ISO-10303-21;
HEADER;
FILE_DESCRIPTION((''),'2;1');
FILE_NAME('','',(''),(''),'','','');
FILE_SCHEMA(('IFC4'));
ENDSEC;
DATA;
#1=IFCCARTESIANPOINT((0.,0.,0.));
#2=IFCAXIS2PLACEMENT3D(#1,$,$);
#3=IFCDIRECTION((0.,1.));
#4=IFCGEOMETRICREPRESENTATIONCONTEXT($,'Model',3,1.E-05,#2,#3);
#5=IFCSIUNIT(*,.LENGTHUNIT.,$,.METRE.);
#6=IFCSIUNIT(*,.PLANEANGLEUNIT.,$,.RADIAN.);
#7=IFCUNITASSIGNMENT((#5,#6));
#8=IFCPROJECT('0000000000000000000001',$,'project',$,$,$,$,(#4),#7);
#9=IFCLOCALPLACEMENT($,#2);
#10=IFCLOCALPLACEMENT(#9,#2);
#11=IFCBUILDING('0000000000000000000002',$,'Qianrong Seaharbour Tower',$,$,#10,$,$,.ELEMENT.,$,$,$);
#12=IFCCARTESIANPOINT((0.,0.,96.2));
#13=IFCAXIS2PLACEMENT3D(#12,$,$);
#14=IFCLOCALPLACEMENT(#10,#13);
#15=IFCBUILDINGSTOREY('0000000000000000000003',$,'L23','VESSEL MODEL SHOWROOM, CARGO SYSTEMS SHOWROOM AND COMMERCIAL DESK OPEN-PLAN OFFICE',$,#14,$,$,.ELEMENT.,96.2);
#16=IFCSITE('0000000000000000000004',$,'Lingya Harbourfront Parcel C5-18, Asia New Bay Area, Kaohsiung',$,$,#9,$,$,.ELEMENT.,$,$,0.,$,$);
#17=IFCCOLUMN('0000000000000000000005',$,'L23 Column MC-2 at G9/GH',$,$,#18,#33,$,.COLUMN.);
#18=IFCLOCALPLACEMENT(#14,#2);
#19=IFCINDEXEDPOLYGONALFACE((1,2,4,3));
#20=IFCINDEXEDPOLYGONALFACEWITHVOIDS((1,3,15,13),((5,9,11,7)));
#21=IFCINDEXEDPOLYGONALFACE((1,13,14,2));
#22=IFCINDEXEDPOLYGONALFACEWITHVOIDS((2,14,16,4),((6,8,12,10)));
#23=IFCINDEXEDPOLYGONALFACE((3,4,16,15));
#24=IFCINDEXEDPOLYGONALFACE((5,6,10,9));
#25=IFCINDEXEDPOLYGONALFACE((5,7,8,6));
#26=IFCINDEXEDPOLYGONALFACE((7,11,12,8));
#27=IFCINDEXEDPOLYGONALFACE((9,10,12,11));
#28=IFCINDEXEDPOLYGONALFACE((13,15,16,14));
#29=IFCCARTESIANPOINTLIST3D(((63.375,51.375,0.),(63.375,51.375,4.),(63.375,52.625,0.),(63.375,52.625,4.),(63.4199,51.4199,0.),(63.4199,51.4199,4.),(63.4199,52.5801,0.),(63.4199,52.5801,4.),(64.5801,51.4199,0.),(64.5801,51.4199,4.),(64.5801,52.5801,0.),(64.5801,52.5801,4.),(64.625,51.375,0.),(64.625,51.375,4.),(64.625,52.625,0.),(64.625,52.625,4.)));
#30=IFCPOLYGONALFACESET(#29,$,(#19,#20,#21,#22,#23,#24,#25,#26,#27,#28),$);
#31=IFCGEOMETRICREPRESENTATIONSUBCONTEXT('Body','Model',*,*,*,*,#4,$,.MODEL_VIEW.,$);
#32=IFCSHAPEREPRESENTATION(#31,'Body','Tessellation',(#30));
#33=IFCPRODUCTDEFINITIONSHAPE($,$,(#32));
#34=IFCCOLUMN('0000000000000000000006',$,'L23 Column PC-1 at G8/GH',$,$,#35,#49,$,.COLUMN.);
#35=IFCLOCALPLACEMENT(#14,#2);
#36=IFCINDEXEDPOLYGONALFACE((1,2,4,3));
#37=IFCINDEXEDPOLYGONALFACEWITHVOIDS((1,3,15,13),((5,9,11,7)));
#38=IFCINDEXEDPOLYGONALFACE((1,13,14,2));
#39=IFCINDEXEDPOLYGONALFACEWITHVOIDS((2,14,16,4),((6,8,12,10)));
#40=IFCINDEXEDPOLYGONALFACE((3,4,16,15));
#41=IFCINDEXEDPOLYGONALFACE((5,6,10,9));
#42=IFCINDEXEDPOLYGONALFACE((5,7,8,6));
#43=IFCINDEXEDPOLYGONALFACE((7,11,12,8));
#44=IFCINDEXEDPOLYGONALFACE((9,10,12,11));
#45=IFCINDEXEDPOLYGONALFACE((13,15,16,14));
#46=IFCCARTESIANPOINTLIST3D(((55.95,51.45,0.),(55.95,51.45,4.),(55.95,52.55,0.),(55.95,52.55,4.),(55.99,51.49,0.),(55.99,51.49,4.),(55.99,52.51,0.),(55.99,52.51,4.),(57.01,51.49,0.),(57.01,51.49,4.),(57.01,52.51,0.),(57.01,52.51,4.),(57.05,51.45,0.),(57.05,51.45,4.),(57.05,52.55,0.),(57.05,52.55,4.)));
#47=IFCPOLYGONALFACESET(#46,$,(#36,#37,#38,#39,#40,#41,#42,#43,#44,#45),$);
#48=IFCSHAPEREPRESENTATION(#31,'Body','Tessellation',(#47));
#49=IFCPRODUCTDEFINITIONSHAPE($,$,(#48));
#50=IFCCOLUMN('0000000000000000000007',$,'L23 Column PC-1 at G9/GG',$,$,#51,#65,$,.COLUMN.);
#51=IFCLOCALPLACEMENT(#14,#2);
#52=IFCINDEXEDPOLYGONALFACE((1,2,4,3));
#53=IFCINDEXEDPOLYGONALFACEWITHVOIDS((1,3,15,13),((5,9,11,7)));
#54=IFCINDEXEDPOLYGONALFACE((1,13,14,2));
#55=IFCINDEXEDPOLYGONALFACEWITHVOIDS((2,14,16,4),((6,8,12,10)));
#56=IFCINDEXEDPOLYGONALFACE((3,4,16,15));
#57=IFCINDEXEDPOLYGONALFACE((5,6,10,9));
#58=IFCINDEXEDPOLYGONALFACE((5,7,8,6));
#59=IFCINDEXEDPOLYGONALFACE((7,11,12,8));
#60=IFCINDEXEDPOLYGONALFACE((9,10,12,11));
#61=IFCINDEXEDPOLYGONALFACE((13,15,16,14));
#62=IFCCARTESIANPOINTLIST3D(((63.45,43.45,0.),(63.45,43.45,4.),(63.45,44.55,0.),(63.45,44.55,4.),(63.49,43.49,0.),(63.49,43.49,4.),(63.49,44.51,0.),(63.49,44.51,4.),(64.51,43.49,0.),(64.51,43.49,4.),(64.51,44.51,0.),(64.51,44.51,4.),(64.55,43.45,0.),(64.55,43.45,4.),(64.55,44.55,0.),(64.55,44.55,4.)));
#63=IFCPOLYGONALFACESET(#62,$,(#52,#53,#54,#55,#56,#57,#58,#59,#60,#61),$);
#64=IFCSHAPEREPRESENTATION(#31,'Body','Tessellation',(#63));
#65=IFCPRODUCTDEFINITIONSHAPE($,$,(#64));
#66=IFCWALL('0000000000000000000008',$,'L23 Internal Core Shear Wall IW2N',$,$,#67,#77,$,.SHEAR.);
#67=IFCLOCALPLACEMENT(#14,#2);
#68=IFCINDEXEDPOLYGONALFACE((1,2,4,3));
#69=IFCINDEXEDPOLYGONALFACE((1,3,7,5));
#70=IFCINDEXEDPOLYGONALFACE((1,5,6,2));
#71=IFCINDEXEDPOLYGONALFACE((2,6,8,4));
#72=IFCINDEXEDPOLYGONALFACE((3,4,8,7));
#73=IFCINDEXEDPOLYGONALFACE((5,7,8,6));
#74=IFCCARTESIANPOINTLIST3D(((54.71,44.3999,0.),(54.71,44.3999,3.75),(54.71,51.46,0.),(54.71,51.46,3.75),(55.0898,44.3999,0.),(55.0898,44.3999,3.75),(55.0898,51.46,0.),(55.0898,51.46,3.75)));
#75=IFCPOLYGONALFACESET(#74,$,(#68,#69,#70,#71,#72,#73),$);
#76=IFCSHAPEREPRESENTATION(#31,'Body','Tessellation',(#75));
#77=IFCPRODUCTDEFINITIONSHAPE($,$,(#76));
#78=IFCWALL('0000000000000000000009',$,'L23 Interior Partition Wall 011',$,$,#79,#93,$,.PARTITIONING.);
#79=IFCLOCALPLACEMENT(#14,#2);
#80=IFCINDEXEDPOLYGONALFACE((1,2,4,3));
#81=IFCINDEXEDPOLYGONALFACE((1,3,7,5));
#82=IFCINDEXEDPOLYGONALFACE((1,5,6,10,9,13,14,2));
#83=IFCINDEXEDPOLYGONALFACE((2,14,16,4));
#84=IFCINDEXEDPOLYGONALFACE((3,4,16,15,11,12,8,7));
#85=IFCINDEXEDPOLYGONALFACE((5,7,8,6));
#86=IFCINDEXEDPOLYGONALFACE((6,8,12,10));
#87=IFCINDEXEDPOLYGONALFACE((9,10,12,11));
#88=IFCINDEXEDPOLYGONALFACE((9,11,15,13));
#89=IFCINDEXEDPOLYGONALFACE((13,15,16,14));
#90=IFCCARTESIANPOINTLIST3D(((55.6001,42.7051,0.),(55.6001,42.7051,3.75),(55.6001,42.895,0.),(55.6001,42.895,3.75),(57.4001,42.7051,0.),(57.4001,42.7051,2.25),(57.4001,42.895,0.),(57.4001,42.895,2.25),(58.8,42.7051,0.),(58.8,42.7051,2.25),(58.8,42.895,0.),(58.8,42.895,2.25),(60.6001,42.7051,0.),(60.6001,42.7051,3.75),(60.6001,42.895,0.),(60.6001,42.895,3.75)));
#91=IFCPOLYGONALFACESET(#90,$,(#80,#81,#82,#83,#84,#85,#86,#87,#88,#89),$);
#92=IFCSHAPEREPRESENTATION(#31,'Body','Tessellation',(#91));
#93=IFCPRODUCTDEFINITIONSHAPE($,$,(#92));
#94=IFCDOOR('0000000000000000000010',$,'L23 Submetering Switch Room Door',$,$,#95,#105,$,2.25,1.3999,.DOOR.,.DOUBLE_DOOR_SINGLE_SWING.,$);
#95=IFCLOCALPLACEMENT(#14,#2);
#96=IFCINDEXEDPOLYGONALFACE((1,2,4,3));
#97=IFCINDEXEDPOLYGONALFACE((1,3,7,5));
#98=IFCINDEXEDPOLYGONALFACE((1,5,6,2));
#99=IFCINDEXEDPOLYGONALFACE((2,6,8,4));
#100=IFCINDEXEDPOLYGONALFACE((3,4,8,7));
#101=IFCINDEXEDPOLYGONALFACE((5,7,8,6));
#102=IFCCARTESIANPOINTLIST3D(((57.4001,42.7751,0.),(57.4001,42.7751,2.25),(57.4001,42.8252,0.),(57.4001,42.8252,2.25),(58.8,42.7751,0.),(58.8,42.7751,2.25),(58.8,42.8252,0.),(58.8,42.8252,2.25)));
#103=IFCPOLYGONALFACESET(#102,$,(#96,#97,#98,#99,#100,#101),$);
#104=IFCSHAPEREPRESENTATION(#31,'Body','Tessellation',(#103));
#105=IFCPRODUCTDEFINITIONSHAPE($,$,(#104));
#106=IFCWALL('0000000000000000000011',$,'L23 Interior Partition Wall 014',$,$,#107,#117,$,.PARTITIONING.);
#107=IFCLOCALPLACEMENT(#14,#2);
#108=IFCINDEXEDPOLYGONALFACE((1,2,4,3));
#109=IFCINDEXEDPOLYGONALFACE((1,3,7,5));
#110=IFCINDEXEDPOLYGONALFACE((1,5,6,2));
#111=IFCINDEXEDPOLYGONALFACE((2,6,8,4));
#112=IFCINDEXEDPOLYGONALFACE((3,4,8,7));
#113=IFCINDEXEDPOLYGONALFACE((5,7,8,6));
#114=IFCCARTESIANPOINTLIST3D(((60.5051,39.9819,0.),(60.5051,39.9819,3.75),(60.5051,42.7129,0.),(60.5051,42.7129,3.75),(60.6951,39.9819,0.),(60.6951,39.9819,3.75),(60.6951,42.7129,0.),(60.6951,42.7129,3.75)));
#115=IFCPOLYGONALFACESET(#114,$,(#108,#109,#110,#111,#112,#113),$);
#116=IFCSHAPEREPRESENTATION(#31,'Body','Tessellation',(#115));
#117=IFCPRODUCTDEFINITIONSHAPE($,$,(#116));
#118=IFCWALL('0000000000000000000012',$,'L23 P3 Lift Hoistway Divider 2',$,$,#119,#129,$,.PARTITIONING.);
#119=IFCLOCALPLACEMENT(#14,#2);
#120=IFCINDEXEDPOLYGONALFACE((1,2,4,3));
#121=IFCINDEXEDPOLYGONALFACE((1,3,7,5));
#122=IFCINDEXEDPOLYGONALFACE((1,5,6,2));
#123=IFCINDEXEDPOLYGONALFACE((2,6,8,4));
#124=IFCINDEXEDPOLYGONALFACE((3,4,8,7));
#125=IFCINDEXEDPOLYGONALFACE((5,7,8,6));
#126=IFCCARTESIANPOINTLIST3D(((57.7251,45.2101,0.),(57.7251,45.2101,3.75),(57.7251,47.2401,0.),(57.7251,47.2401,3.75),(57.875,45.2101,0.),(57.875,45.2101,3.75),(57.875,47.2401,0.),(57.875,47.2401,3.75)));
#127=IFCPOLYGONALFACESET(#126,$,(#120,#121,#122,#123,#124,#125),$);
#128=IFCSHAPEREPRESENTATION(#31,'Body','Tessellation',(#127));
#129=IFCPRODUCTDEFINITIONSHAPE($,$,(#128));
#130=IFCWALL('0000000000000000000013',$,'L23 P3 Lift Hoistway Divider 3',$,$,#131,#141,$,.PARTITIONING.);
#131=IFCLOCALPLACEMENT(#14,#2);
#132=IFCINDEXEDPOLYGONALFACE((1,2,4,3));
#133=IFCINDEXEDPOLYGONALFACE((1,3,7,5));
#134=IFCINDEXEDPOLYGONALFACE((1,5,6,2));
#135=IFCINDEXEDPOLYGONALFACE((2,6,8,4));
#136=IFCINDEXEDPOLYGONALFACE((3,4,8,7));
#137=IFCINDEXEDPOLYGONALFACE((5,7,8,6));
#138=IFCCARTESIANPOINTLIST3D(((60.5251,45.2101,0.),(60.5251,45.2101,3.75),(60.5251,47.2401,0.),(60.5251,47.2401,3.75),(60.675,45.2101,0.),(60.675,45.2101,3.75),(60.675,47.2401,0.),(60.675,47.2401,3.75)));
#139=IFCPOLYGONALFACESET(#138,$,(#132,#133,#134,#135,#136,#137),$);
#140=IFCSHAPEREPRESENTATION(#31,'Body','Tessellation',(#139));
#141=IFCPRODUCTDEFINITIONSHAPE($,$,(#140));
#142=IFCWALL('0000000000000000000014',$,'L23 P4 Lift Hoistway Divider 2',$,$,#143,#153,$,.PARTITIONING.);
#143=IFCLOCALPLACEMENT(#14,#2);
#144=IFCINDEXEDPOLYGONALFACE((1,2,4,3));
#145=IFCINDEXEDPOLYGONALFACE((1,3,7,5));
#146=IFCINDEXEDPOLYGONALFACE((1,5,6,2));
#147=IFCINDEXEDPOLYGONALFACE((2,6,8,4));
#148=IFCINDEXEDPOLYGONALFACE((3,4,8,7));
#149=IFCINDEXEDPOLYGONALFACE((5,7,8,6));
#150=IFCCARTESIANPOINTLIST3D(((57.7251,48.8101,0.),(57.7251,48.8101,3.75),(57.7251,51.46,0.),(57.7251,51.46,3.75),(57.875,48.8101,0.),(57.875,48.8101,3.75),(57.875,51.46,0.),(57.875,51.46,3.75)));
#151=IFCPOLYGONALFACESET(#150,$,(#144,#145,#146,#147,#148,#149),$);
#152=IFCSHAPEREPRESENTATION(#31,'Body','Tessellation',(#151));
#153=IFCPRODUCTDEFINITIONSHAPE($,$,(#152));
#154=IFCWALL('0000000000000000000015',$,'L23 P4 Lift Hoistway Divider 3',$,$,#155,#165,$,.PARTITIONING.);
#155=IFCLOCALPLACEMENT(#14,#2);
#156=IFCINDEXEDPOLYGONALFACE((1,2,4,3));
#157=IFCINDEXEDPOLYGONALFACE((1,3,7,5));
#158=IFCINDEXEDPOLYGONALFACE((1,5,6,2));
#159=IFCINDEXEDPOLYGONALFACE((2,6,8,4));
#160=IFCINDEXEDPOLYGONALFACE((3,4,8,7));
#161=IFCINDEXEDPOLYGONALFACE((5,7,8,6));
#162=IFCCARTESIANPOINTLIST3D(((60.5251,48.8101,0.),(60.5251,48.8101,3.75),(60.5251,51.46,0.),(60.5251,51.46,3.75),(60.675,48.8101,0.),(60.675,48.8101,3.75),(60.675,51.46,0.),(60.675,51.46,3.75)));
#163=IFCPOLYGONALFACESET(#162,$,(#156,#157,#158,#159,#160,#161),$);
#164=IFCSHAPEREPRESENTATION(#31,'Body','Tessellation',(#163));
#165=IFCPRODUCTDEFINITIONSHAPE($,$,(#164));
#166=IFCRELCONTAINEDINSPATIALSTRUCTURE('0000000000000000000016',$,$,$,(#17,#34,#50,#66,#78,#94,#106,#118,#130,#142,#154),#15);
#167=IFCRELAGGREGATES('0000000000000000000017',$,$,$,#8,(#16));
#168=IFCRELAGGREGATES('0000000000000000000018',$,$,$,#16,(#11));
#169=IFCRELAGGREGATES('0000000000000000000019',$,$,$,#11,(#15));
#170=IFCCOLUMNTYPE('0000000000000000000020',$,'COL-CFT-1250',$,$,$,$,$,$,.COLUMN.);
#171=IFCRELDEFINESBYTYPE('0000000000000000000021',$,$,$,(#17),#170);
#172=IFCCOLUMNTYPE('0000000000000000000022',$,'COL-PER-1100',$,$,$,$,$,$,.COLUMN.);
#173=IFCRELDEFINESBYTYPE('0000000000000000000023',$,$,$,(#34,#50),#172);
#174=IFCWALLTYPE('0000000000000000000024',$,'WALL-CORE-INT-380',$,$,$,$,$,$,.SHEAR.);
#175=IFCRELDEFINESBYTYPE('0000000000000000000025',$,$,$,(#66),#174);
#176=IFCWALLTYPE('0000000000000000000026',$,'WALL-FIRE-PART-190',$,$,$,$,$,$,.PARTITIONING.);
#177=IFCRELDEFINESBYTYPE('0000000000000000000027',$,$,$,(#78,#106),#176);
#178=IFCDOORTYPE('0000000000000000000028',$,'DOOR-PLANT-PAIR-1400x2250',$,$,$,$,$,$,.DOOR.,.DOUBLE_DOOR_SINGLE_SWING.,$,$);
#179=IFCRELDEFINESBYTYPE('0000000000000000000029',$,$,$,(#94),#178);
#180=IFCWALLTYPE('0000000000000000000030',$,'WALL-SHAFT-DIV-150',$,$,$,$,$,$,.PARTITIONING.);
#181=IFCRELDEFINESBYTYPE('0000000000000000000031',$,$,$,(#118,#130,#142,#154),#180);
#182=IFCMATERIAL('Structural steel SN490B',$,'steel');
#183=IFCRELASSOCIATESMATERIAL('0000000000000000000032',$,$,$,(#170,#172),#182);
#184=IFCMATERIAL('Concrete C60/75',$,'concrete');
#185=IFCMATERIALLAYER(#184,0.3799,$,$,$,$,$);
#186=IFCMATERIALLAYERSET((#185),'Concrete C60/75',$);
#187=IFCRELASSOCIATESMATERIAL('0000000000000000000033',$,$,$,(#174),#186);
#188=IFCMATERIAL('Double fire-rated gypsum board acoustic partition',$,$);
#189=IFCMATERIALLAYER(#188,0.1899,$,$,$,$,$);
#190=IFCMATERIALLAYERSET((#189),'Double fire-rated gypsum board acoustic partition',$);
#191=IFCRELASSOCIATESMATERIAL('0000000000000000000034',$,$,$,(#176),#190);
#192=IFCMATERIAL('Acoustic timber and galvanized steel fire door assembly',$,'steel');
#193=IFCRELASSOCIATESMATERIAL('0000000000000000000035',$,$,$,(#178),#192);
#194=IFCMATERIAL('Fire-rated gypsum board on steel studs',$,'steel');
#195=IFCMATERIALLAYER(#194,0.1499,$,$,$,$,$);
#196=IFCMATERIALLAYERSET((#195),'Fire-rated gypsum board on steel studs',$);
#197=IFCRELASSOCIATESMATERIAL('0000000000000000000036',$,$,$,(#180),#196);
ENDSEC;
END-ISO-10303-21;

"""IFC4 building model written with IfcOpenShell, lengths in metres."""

from ifc_helpers import new_model, si_unit, direction, frame, frame_2d, origin, origin_2d, place, context, subcontext, project, spatial, rectangle, hollow_rectangle, extrude, material, layer, layer_set, material_profile, profile_set, type_object, element, fill, save


model = new_model("IFC4")

# Units and contexts
model_context = context("Model", 3, precision=1e-05, world=origin(), true_north=direction((0.0, 1.0)))
body_context = subcontext(model_context, "Body", "Model", "MODEL_VIEW")
ifc_project = project(units=[si_unit("LENGTHUNIT", "METRE"), si_unit("PLANEANGLEUNIT", "RADIAN")], contexts=[model_context])

# Site, building, storey
site_placement = place(None, origin())
site = spatial("IfcSite", under=ifc_project, at=site_placement, Name="Lingya Harbourfront Parcel C5-18, Asia New Bay Area, Kaohsiung", CompositionType="ELEMENT", RefElevation=0.0)
building_placement = place(site_placement, origin())
building = spatial("IfcBuilding", under=site, at=building_placement, Name="Qianrong Seaharbour Tower", CompositionType="ELEMENT")
storey_placement = place(building_placement, frame((0.0, 0.0, 96.2)))
storey = spatial("IfcBuildingStorey", under=building, at=storey_placement, Name="L23", Description="VESSEL MODEL SHOWROOM, CARGO SYSTEMS SHOWROOM AND COMMERCIAL DESK OPEN-PLAN OFFICE", CompositionType="ELEMENT", Elevation=96.2)

# Columns
ifc_material_1 = material(Name="Structural steel SN490B", Category="steel")
ifc_material_profile_1 = material_profile(ifc_material_1, hollow_rectangle(XDim=1.25, YDim=1.25, WallThickness=0.0449, at=origin_2d()), Name="BOX1250x1250x45")
ifc_profile_set_1 = profile_set([ifc_material_profile_1], Name="Structural steel SN490B")
column_type_1 = type_object("IfcColumnType", Name="COL-CFT-1250", PredefinedType="COLUMN", material=ifc_profile_set_1)
column_placement = place(storey_placement, frame((64.0, 52.0, 0.0), z_axis=(0.0, 0.0, 1.0), x_axis=(1.0, 0.0, 0.0)))
element("IfcColumn", 1, at=column_placement, inside=storey, type_object=column_type_1, Name="L23 Column MC-2 at G9/GH", PredefinedType="COLUMN", context=body_context, shape_type="SweptSolid", body=[
    extrude(hollow_rectangle(XDim=1.25, YDim=1.25, WallThickness=0.0449, at=origin_2d()), origin(), (0.0, 0.0, 1.0), 4.0),
])
ifc_material_profile_2 = material_profile(ifc_material_1, hollow_rectangle(XDim=1.1001, YDim=1.1001, WallThickness=0.04, at=origin_2d()), Name="BOX1100x1100x40")
ifc_profile_set_2 = profile_set([ifc_material_profile_2], Name="Structural steel SN490B")
column_type_2 = type_object("IfcColumnType", Name="COL-PER-1100", PredefinedType="COLUMN", material=ifc_profile_set_2)
for number, where, z_axis, x_axis, name in (
    (2, (56.5, 52.0, 0.0), (0.0, 0.0, 1.0), (1.0, 0.0, 0.0), "L23 Column PC-1 at G8/GH"),
    (3, (64.0, 44.0, 0.0), (0.0, 0.0, 1.0), (1.0, 0.0, 0.0), "L23 Column PC-1 at G9/GG"),
):
    element("IfcColumn", number, at=place(storey_placement, frame(where, z_axis=z_axis, x_axis=x_axis)), inside=storey, type_object=column_type_2, Name=name, PredefinedType="COLUMN", context=body_context, shape_type="SweptSolid", body=[
        extrude(hollow_rectangle(XDim=1.1001, YDim=1.1001, WallThickness=0.04, at=origin_2d()), origin(), (0.0, 0.0, 1.0), 4.0),
    ])

# Wall
ifc_material_2 = material(Name="Concrete C60/75", Category="concrete")
ifc_layer_1 = layer(ifc_material_2, 0.3799)
ifc_layer_set_1 = layer_set([ifc_layer_1], Name="Concrete C60/75")
wall_type_1 = type_object("IfcWallType", Name="WALL-CORE-INT-380", PredefinedType="SHEAR", material=ifc_layer_set_1)
wall_1_placement = place(storey_placement, frame((54.8999, 44.3999, 0.0), z_axis=(0.0, 0.0, 1.0), x_axis=(0.0, 1.0, 0.0)))
element("IfcWall", 4, at=wall_1_placement, inside=storey, type_object=wall_type_1, Name="L23 Internal Core Shear Wall IW2N", PredefinedType="SHEAR", context=body_context, shape_type="SweptSolid", body=[
    extrude(rectangle(XDim=7.0601, YDim=0.3799, at=frame_2d((3.53, 0.0))), origin(), (0.0, 0.0, 1.0), 3.75),
])

# Wall, opening, door
ifc_material_3 = material(Name="Acoustic timber and galvanized steel fire door assembly", Category="steel")
ifc_material_4 = material(Name="Double fire-rated gypsum board acoustic partition")
ifc_layer_2 = layer(ifc_material_4, 0.1899)
ifc_layer_set_2 = layer_set([ifc_layer_2], Name="Double fire-rated gypsum board acoustic partition")
wall_type_2 = type_object("IfcWallType", Name="WALL-FIRE-PART-190", PredefinedType="PARTITIONING", material=ifc_layer_set_2)
wall_2_placement = place(storey_placement, frame((60.6001, 42.8, 0.0), z_axis=(0.0, 0.0, 1.0), x_axis=(-1.0, 0.0, 0.0)))
wall_2 = element("IfcWall", 5, at=wall_2_placement, inside=storey, type_object=wall_type_2, Name="L23 Interior Partition Wall 011", PredefinedType="PARTITIONING", context=body_context, shape_type="SweptSolid", body=[
    extrude(rectangle(XDim=5.0, YDim=0.1899, at=frame_2d((2.5, 0.0))), origin(), (0.0, 0.0, 1.0), 3.75),
])
opening_1_placement = place(wall_2_placement, frame((1.8, 0.0, 0.0)))
opening_1 = element("IfcOpeningElement", 6, at=opening_1_placement, cuts=wall_2, PredefinedType="OPENING", context=body_context, shape_type="SweptSolid", body=[
    extrude(rectangle(XDim=1.3999, YDim=2.25, at=frame_2d((0.7, 1.125))), frame((0.0, 0.105, 0.0), z_axis=(0.0, -1.0, 0.0), x_axis=(1.0, 0.0, 0.0)), (0.0, 0.0, 1.0), 0.21),
])
door_type_1 = type_object("IfcDoorType", Name="DOOR-PLANT-PAIR-1400x2250", OperationType="DOUBLE_DOOR_SINGLE_SWING", PredefinedType="DOOR", material=ifc_material_3)
door_1_placement = place(opening_1_placement, origin())
door_1 = element("IfcDoor", 7, at=door_1_placement, inside=storey, type_object=door_type_1, Name="L23 Submetering Switch Room Door", OperationType="DOUBLE_DOOR_SINGLE_SWING", OverallHeight=2.25, OverallWidth=1.3999, PredefinedType="DOOR", context=body_context, shape_type="SweptSolid", body=[
    extrude(rectangle(XDim=1.3999, YDim=2.25, at=frame_2d((0.7, 1.125))), frame((0.0, 0.0249, 0.0), z_axis=(0.0, -1.0, 0.0), x_axis=(1.0, 0.0, 0.0)), (0.0, 0.0, 1.0), 0.05),
])
fill(opening_1, door_1)

# Walls
wall_3_placement = place(storey_placement, frame((60.6001, 42.7129, 0.0), z_axis=(0.0, 0.0, 1.0), x_axis=(0.0, -1.0, 0.0)))
element("IfcWall", 8, at=wall_3_placement, inside=storey, type_object=wall_type_2, Name="L23 Interior Partition Wall 014", PredefinedType="PARTITIONING", context=body_context, shape_type="SweptSolid", body=[
    extrude(rectangle(XDim=2.731, YDim=0.1899, at=frame_2d((1.3655, 0.0))), origin(), (0.0, 0.0, 1.0), 3.75),
])
ifc_material_5 = material(Name="Fire-rated gypsum board on steel studs", Category="steel")
ifc_layer_3 = layer(ifc_material_5, 0.1499)
ifc_layer_set_3 = layer_set([ifc_layer_3], Name="Fire-rated gypsum board on steel studs")
wall_type_3 = type_object("IfcWallType", Name="WALL-SHAFT-DIV-150", PredefinedType="PARTITIONING", material=ifc_layer_set_3)
for number, where, z_axis, x_axis, name in (
    (9, (57.8, 45.21, 0.0), (0.0, 0.0, 1.0), (0.0, 1.0, 0.0), "L23 P3 Lift Hoistway Divider 2"),
    (10, (60.6001, 45.21, 0.0), (0.0, 0.0, 1.0), (0.0, 1.0, 0.0), "L23 P3 Lift Hoistway Divider 3"),
):
    element("IfcWall", number, at=place(storey_placement, frame(where, z_axis=z_axis, x_axis=x_axis)), inside=storey, type_object=wall_type_3, Name=name, PredefinedType="PARTITIONING", context=body_context, shape_type="SweptSolid", body=[
        extrude(rectangle(XDim=2.03, YDim=0.1499, at=frame_2d((1.0151, 0.0))), origin(), (0.0, 0.0, 1.0), 3.75),
    ])
for number, where, z_axis, x_axis, name in (
    (11, (57.8, 48.8101, 0.0), (0.0, 0.0, 1.0), (0.0, 1.0, 0.0), "L23 P4 Lift Hoistway Divider 2"),
    (12, (60.6001, 48.8101, 0.0), (0.0, 0.0, 1.0), (0.0, 1.0, 0.0), "L23 P4 Lift Hoistway Divider 3"),
):
    element("IfcWall", number, at=place(storey_placement, frame(where, z_axis=z_axis, x_axis=x_axis)), inside=storey, type_object=wall_type_3, Name=name, PredefinedType="PARTITIONING", context=body_context, shape_type="SweptSolid", body=[
        extrude(rectangle(XDim=2.6499, YDim=0.1499, at=frame_2d((1.325, 0.0))), origin(), (0.0, 0.0, 1.0), 3.75),
    ])

save(model, "model.ifc")
